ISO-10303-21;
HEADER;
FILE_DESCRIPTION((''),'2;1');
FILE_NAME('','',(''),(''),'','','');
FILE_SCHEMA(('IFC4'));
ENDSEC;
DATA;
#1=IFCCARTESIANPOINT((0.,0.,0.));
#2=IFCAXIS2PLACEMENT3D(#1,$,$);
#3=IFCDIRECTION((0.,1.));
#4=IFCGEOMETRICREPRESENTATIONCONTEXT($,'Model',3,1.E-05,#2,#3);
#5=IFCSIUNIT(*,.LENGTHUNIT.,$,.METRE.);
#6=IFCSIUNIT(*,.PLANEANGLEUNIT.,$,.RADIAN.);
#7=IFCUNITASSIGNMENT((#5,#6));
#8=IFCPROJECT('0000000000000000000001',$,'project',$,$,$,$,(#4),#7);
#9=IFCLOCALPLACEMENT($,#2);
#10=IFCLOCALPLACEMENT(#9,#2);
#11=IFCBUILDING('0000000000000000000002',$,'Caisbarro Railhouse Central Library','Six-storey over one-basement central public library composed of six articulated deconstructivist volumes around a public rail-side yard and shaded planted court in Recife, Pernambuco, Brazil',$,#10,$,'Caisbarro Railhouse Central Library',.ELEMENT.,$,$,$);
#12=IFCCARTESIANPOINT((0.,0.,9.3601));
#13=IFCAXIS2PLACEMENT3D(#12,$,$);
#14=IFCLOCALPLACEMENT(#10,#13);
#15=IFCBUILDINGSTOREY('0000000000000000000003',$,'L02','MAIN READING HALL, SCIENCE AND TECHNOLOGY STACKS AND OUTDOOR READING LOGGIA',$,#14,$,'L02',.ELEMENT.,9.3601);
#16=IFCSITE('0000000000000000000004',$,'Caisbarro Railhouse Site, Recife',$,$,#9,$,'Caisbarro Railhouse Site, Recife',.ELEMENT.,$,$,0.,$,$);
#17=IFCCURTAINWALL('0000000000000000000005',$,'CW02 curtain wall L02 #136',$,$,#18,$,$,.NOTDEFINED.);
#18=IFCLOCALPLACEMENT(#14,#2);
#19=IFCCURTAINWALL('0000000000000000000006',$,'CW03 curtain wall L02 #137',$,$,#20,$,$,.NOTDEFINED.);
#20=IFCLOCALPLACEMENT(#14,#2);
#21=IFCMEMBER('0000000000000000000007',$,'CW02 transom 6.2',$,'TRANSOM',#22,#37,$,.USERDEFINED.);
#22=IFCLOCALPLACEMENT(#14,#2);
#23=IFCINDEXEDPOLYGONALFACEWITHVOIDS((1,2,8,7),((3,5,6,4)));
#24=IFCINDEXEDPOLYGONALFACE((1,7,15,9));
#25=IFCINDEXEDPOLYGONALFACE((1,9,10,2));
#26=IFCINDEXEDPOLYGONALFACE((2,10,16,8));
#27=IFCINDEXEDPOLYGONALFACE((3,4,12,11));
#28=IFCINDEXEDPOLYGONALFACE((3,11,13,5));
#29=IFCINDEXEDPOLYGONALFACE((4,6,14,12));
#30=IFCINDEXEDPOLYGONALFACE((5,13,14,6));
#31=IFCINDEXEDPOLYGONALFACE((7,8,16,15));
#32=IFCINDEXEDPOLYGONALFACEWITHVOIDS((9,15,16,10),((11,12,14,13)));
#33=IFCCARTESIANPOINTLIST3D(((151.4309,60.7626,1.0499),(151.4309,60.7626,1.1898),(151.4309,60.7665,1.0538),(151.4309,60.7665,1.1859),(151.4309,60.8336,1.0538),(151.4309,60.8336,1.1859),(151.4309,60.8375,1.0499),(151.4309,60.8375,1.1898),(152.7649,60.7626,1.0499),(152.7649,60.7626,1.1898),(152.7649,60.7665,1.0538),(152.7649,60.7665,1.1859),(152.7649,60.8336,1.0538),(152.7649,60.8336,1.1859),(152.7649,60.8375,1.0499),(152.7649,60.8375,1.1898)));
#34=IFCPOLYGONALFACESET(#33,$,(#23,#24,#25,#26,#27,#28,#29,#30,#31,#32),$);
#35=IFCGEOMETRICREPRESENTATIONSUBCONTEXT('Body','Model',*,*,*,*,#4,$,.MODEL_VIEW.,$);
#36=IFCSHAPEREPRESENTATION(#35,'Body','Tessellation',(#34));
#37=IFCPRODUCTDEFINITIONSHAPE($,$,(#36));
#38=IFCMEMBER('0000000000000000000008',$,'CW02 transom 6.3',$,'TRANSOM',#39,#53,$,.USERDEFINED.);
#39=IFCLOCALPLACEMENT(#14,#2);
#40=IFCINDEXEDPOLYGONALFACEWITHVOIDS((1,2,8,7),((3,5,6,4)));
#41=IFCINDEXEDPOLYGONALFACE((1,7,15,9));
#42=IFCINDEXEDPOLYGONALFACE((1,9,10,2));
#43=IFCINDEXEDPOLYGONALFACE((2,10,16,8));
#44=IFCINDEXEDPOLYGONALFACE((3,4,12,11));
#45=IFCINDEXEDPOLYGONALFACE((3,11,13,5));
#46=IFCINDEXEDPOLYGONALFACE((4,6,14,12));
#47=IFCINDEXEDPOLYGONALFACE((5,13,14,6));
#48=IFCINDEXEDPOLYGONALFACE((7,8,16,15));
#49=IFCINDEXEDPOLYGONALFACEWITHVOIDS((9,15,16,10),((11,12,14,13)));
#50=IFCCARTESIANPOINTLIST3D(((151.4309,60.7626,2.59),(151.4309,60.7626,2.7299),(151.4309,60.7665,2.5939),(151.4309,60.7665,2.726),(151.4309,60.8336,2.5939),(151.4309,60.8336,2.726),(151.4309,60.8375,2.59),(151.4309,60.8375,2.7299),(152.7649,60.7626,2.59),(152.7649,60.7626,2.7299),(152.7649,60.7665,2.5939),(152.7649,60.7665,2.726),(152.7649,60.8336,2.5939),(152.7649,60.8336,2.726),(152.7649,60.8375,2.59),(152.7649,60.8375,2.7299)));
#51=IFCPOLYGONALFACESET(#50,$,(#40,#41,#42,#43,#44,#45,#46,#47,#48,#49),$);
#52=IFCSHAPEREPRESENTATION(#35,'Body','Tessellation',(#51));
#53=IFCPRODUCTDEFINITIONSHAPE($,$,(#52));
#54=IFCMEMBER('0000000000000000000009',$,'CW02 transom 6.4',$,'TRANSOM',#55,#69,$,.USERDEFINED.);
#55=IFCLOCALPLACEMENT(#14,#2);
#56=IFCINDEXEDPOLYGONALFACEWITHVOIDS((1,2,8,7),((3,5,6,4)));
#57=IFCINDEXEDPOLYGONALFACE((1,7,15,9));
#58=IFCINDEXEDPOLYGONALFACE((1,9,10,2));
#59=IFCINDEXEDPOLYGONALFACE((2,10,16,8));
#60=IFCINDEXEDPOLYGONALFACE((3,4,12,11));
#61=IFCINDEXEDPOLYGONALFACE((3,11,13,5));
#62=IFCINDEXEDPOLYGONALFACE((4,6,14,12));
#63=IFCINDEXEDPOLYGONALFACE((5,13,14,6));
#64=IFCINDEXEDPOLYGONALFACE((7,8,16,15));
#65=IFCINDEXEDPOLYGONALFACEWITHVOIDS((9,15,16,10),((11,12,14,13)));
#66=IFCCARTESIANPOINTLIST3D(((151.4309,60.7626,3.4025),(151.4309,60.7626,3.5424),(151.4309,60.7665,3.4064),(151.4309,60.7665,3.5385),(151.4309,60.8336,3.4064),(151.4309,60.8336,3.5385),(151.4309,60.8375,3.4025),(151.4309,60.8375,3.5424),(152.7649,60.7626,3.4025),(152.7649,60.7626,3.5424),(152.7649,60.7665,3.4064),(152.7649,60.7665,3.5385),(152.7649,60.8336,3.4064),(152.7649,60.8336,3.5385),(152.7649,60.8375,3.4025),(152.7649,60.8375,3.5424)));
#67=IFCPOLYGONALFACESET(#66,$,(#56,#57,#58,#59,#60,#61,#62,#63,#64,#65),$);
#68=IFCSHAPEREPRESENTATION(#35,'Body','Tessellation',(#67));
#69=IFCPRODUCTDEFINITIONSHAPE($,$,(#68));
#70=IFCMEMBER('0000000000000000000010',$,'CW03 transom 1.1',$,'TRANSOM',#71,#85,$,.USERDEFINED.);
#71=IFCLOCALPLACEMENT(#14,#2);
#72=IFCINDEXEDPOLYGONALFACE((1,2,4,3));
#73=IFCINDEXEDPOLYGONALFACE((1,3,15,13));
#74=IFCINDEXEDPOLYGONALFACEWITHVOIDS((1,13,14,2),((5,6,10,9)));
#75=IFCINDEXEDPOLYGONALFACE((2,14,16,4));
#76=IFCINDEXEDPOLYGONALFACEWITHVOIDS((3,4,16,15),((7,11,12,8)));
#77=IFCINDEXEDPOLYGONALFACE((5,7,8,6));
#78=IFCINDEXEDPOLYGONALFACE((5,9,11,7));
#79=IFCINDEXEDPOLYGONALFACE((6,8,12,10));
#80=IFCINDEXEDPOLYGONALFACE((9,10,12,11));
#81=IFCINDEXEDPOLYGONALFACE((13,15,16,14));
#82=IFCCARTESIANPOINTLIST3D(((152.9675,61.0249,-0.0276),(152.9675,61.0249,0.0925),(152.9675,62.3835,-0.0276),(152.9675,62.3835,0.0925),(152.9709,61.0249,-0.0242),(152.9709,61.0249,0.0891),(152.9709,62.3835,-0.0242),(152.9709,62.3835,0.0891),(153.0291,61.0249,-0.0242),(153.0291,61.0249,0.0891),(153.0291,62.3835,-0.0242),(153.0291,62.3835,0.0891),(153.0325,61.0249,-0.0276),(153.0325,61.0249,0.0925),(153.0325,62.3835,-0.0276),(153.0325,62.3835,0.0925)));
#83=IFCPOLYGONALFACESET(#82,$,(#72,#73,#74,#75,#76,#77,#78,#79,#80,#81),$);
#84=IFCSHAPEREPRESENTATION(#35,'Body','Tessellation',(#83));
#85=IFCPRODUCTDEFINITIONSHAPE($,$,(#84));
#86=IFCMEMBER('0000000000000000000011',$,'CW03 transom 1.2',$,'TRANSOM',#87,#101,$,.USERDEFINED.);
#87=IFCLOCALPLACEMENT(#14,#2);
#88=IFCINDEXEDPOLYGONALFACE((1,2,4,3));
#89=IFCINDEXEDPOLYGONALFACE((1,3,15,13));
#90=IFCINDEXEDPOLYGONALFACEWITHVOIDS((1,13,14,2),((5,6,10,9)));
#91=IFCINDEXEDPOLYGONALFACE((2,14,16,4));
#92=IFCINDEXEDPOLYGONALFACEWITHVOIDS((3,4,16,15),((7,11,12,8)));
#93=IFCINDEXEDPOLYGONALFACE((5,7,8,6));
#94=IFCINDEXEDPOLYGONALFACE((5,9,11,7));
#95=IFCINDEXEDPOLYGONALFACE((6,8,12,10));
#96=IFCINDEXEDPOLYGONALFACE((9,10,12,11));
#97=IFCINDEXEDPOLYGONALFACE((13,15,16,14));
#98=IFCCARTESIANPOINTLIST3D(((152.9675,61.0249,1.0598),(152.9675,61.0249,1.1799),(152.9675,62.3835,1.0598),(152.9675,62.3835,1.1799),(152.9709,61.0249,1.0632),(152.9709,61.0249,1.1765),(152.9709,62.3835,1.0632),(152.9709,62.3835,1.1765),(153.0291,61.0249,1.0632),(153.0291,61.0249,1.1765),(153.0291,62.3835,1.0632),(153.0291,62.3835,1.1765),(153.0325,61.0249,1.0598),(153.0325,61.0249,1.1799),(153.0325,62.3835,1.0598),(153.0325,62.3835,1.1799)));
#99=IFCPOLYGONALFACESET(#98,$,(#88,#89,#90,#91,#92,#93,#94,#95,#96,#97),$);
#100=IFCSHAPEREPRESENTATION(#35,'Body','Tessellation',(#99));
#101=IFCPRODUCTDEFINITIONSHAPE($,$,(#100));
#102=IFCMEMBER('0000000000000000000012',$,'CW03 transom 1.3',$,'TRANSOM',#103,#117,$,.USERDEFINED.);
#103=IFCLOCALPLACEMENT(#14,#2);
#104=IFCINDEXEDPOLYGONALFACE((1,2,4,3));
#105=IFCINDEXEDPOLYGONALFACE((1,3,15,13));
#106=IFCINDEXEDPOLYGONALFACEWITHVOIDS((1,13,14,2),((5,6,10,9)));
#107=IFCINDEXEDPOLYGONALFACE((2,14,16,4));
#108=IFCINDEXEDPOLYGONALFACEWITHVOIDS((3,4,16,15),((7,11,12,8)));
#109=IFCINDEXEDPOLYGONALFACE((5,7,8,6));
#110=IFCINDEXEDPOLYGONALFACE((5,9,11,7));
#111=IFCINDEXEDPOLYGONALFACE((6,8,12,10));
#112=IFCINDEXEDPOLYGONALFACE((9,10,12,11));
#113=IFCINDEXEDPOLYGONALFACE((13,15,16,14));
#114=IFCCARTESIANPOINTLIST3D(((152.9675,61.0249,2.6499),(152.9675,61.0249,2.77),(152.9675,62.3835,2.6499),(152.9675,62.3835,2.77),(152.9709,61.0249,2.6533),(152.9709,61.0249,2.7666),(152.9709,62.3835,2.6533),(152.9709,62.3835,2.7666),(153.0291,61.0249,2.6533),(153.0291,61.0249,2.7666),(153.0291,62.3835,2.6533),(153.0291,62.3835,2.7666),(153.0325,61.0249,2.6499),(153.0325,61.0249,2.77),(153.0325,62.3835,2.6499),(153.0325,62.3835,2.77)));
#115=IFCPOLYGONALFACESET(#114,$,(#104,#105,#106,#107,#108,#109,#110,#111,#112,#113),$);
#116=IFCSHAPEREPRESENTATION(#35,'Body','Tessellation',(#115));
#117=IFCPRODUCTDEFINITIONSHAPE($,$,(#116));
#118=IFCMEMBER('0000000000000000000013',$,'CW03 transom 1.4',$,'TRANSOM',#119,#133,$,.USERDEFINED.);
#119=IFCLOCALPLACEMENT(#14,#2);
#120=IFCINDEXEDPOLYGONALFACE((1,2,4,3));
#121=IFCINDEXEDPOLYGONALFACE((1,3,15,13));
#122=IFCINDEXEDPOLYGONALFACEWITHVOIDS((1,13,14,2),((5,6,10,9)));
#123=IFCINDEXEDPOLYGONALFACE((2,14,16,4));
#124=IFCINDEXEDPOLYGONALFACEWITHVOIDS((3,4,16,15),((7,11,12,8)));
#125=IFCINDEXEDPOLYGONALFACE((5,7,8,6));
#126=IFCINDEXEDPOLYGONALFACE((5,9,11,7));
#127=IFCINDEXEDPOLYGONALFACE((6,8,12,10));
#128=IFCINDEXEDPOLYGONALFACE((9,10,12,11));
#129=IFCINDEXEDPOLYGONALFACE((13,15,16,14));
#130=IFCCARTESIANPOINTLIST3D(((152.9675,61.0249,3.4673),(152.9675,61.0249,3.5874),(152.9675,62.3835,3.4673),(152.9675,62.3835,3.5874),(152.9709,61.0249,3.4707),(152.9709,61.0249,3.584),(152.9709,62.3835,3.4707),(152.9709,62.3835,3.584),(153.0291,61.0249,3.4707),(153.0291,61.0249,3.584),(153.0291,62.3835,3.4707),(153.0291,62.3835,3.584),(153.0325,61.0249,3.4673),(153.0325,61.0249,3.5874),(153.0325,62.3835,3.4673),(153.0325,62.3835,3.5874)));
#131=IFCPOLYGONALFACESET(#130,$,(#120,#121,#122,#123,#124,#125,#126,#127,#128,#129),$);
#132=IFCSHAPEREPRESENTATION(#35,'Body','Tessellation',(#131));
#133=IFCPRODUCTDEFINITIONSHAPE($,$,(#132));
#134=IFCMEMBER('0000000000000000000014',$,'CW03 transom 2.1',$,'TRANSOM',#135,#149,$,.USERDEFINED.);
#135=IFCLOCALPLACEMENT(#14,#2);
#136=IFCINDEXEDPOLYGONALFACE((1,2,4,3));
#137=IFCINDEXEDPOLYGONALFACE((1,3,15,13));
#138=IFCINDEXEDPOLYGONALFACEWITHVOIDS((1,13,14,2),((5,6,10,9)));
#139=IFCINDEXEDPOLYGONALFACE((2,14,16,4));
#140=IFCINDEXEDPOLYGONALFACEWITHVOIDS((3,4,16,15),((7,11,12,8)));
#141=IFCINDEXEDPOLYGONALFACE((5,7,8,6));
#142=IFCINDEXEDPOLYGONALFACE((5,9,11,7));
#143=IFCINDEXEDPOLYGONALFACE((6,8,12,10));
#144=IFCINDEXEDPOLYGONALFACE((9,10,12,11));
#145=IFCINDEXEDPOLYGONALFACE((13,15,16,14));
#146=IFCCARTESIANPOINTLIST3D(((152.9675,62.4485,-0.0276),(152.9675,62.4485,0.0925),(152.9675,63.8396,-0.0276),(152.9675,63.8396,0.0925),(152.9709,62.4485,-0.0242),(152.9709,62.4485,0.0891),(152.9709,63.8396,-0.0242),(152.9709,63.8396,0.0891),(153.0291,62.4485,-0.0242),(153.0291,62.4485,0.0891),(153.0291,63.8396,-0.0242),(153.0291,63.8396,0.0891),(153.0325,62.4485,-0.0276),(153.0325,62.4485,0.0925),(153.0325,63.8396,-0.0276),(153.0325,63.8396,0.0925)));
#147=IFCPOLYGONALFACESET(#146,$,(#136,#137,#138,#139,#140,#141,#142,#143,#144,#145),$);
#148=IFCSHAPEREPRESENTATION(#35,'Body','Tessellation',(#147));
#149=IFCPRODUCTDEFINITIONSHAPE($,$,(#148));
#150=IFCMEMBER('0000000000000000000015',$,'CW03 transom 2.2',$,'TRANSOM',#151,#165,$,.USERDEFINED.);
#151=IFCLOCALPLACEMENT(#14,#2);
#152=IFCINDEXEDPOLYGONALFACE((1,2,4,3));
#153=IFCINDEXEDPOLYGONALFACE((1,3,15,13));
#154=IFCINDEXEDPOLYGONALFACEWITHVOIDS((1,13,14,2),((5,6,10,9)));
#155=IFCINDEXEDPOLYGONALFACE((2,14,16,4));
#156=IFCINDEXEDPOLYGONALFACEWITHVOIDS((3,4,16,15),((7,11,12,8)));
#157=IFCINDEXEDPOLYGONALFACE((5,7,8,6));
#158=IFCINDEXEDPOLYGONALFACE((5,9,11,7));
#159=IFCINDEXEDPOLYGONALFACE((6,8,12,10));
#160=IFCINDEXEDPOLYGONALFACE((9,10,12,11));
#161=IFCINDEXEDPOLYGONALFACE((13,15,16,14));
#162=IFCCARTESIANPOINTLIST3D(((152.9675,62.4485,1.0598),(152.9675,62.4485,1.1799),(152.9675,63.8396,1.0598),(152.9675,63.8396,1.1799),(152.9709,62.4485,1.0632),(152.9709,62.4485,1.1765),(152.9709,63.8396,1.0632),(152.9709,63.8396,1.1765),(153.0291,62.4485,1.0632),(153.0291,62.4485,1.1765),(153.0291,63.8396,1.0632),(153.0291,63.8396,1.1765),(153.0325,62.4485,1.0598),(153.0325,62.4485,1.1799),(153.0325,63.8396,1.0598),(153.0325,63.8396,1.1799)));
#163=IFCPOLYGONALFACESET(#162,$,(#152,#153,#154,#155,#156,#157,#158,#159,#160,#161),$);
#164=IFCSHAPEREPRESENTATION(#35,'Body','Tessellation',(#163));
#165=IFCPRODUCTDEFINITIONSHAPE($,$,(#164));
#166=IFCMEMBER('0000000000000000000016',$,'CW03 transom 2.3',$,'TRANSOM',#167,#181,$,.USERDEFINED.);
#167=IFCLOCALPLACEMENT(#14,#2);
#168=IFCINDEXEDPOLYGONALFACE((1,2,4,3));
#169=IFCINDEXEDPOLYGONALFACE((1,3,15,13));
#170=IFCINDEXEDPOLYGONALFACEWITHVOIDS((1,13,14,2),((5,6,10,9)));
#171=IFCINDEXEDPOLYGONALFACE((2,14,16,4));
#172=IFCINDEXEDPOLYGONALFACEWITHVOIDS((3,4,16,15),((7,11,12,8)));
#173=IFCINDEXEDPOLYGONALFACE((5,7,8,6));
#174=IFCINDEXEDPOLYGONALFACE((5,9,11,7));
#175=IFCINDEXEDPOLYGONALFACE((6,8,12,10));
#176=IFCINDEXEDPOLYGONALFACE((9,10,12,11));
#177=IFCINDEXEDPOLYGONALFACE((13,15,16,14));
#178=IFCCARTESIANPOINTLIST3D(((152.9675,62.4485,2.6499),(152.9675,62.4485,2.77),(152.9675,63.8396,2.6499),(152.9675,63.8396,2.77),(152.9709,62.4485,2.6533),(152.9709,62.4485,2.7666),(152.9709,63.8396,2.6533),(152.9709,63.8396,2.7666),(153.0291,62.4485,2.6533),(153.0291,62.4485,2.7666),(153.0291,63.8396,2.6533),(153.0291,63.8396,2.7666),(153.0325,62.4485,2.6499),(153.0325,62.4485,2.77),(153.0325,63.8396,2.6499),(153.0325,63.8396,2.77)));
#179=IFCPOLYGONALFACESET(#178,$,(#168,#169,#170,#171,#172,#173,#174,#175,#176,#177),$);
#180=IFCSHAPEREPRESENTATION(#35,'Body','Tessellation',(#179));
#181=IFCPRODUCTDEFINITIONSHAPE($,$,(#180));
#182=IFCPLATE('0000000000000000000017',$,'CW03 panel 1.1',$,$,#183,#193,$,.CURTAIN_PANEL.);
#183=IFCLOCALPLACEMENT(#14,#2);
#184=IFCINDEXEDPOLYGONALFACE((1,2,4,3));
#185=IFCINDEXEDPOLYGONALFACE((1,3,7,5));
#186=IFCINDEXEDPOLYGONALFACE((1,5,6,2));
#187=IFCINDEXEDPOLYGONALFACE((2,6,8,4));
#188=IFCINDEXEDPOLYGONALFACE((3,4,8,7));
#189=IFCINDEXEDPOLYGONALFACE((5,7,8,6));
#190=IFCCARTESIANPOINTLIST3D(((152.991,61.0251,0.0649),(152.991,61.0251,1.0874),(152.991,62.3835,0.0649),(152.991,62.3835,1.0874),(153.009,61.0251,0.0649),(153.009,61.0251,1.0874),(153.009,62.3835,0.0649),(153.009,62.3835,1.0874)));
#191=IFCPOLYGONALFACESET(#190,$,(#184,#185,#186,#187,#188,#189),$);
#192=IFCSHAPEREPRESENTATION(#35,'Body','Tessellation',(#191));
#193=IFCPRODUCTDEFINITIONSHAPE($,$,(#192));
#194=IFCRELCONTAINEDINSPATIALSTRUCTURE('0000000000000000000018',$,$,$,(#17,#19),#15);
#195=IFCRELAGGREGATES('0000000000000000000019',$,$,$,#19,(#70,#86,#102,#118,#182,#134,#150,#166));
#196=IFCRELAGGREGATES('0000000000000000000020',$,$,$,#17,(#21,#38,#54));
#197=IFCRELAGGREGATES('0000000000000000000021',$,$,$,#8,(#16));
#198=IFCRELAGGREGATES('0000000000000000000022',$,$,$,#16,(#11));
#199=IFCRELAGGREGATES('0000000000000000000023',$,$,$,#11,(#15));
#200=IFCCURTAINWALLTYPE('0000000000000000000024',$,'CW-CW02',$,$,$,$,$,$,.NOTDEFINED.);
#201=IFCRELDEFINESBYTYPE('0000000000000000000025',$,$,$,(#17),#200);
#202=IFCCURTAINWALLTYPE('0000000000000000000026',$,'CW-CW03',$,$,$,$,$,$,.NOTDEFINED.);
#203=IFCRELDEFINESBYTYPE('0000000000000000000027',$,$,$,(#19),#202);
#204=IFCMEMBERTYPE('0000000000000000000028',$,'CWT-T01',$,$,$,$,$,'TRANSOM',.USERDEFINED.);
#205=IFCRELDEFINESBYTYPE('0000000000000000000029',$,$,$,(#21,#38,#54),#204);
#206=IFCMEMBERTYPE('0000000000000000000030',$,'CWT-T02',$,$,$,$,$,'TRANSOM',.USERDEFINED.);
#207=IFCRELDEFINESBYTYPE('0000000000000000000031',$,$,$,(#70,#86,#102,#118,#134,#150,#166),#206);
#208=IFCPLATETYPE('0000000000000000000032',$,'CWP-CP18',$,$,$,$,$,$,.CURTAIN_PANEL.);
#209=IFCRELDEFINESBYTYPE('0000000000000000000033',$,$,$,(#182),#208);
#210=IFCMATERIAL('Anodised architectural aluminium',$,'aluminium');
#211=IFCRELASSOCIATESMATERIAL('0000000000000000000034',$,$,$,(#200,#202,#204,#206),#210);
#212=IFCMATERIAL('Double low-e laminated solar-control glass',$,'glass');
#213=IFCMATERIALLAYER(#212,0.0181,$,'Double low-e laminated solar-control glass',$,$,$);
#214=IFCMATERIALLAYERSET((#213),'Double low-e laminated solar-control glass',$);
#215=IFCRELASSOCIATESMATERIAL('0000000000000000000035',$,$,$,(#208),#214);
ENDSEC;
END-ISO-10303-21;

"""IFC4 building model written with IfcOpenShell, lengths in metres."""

from ifc_helpers import new_model, si_unit, direction, frame, origin, origin_2d, place, context, subcontext, project, spatial, rectangle, hollow_rectangle, extrude, material, layer, layer_set, material_profile, profile_set, type_object, element, aggregate, save


model = new_model("IFC4")

# Units and contexts
model_context = context("Model", 3, precision=1e-05, world=origin(), true_north=direction((0.0, 1.0)))
body_context = subcontext(model_context, "Body", "Model", "MODEL_VIEW")
ifc_project = project(units=[si_unit("LENGTHUNIT", "METRE"), si_unit("PLANEANGLEUNIT", "RADIAN")], contexts=[model_context])

# Site, building, storey
site_placement = place(None, origin())
site = spatial("IfcSite", under=ifc_project, at=site_placement, Name="Caisbarro Railhouse Site, Recife", LongName="Caisbarro Railhouse Site, Recife", CompositionType="ELEMENT", RefElevation=0.0)
building_placement = place(site_placement, origin())
building = spatial("IfcBuilding", under=site, at=building_placement, Name="Caisbarro Railhouse Central Library", Description="Six-storey over one-basement central public library composed of six articulated deconstructivist volumes around a public rail-side yard and shaded planted court in Recife, Pernambuco, Brazil", LongName="Caisbarro Railhouse Central Library", CompositionType="ELEMENT")
storey_placement = place(building_placement, frame((0.0, 0.0, 9.3601)))
storey = spatial("IfcBuildingStorey", under=building, at=storey_placement, Name="L02", Description="MAIN READING HALL, SCIENCE AND TECHNOLOGY STACKS AND OUTDOOR READING LOGGIA", LongName="L02", CompositionType="ELEMENT", Elevation=9.3601)

# Curtain walls
ifc_material_1 = material(Name="Anodised architectural aluminium", Category="aluminium")
curtain_wall_type_1 = type_object("IfcCurtainWallType", Name="CW-CW02", PredefinedType="NOTDEFINED", material=ifc_material_1)
curtain_wall_1_placement = place(storey_placement, origin())
curtain_wall_1 = element("IfcCurtainWall", 1, at=curtain_wall_1_placement, inside=storey, type_object=curtain_wall_type_1, Name="CW02 curtain wall L02 #136", PredefinedType="NOTDEFINED")
curtain_wall_type_2 = type_object("IfcCurtainWallType", Name="CW-CW03", PredefinedType="NOTDEFINED", material=ifc_material_1)
curtain_wall_2_placement = place(storey_placement, origin())
curtain_wall_2 = element("IfcCurtainWall", 2, at=curtain_wall_2_placement, inside=storey, type_object=curtain_wall_type_2, Name="CW03 curtain wall L02 #137", PredefinedType="NOTDEFINED")

# Members
ifc_material_profile_1 = material_profile(ifc_material_1, hollow_rectangle(XDim=0.075, YDim=0.1399, WallThickness=0.0039, at=origin_2d()), Name="ALU-TRN-75X140")
ifc_profile_set_1 = profile_set([ifc_material_profile_1], Name="Anodised architectural aluminium")
member_type_1 = type_object("IfcMemberType", Name="CWT-T01", ElementType="TRANSOM", PredefinedType="USERDEFINED", material=ifc_profile_set_1)
member_1_placement = place(storey_placement, frame((151.4309, 60.8, 1.1199), z_axis=(1.0, 0.0, 0.0), x_axis=(0.0, 1.0, 0.0)))
member_1 = element("IfcMember", 3, at=member_1_placement, type_object=member_type_1, Name="CW02 transom 6.2", ObjectType="TRANSOM", PredefinedType="USERDEFINED", context=body_context, shape_type="SweptSolid", body=[
    extrude(hollow_rectangle(XDim=0.075, YDim=0.1399, WallThickness=0.0039, at=origin_2d()), origin(), (0.0, 0.0, 1.0), 1.334),
])
member_2_placement = place(storey_placement, frame((151.4309, 60.8, 2.6599), z_axis=(1.0, 0.0, 0.0), x_axis=(0.0, 1.0, 0.0)))
member_2 = element("IfcMember", 4, at=member_2_placement, type_object=member_type_1, Name="CW02 transom 6.3", ObjectType="TRANSOM", PredefinedType="USERDEFINED", context=body_context, shape_type="SweptSolid", body=[
    extrude(hollow_rectangle(XDim=0.075, YDim=0.1399, WallThickness=0.0039, at=origin_2d()), origin(), (0.0, 0.0, 1.0), 1.334),
])
member_3_placement = place(storey_placement, frame((151.4309, 60.8, 3.4724), z_axis=(1.0, 0.0, 0.0), x_axis=(0.0, 1.0, 0.0)))
member_3 = element("IfcMember", 5, at=member_3_placement, type_object=member_type_1, Name="CW02 transom 6.4", ObjectType="TRANSOM", PredefinedType="USERDEFINED", context=body_context, shape_type="SweptSolid", body=[
    extrude(hollow_rectangle(XDim=0.075, YDim=0.1399, WallThickness=0.0039, at=origin_2d()), origin(), (0.0, 0.0, 1.0), 1.334),
])
ifc_material_profile_2 = material_profile(ifc_material_1, hollow_rectangle(XDim=0.0649, YDim=0.1201, WallThickness=0.0034, at=origin_2d()), Name="ALU-TRN-65X120")
ifc_profile_set_2 = profile_set([ifc_material_profile_2], Name="Anodised architectural aluminium")
member_type_2 = type_object("IfcMemberType", Name="CWT-T02", ElementType="TRANSOM", PredefinedType="USERDEFINED", material=ifc_profile_set_2)
member_4_placement = place(storey_placement, frame((153.0, 61.0249, 0.0325), z_axis=(0.0, 1.0, 0.0), x_axis=(-1.0, 0.0, 0.0)))
member_4 = element("IfcMember", 6, at=member_4_placement, type_object=member_type_2, Name="CW03 transom 1.1", ObjectType="TRANSOM", PredefinedType="USERDEFINED", context=body_context, shape_type="SweptSolid", body=[
    extrude(hollow_rectangle(XDim=0.0649, YDim=0.1201, WallThickness=0.0034, at=origin_2d()), origin(), (0.0, 0.0, 1.0), 1.3586),
])
member_5_placement = place(storey_placement, frame((153.0, 61.0249, 1.1199), z_axis=(0.0, 1.0, 0.0), x_axis=(-1.0, 0.0, 0.0)))
member_5 = element("IfcMember", 7, at=member_5_placement, type_object=member_type_2, Name="CW03 transom 1.2", ObjectType="TRANSOM", PredefinedType="USERDEFINED", context=body_context, shape_type="SweptSolid", body=[
    extrude(hollow_rectangle(XDim=0.0649, YDim=0.1201, WallThickness=0.0034, at=origin_2d()), origin(), (0.0, 0.0, 1.0), 1.3586),
])
member_6_placement = place(storey_placement, frame((153.0, 61.0249, 2.71), z_axis=(0.0, 1.0, 0.0), x_axis=(-1.0, 0.0, 0.0)))
member_6 = element("IfcMember", 8, at=member_6_placement, type_object=member_type_2, Name="CW03 transom 1.3", ObjectType="TRANSOM", PredefinedType="USERDEFINED", context=body_context, shape_type="SweptSolid", body=[
    extrude(hollow_rectangle(XDim=0.0649, YDim=0.1201, WallThickness=0.0034, at=origin_2d()), origin(), (0.0, 0.0, 1.0), 1.3586),
])
member_7_placement = place(storey_placement, frame((153.0, 61.0249, 3.5273), z_axis=(0.0, 1.0, 0.0), x_axis=(-1.0, 0.0, 0.0)))
member_7 = element("IfcMember", 9, at=member_7_placement, type_object=member_type_2, Name="CW03 transom 1.4", ObjectType="TRANSOM", PredefinedType="USERDEFINED", context=body_context, shape_type="SweptSolid", body=[
    extrude(hollow_rectangle(XDim=0.0649, YDim=0.1201, WallThickness=0.0034, at=origin_2d()), origin(), (0.0, 0.0, 1.0), 1.3586),
])
member_8_placement = place(storey_placement, frame((153.0, 62.4485, 0.0325), z_axis=(0.0, 1.0, 0.0), x_axis=(-1.0, 0.0, 0.0)))
member_8 = element("IfcMember", 10, at=member_8_placement, type_object=member_type_2, Name="CW03 transom 2.1", ObjectType="TRANSOM", PredefinedType="USERDEFINED", context=body_context, shape_type="SweptSolid", body=[
    extrude(hollow_rectangle(XDim=0.0649, YDim=0.1201, WallThickness=0.0034, at=origin_2d()), origin(), (0.0, 0.0, 1.0), 1.3911),
])
member_9_placement = place(storey_placement, frame((153.0, 62.4485, 1.1199), z_axis=(0.0, 1.0, 0.0), x_axis=(-1.0, 0.0, 0.0)))
member_9 = element("IfcMember", 11, at=member_9_placement, type_object=member_type_2, Name="CW03 transom 2.2", ObjectType="TRANSOM", PredefinedType="USERDEFINED", context=body_context, shape_type="SweptSolid", body=[
    extrude(hollow_rectangle(XDim=0.0649, YDim=0.1201, WallThickness=0.0034, at=origin_2d()), origin(), (0.0, 0.0, 1.0), 1.3911),
])
member_10_placement = place(storey_placement, frame((153.0, 62.4485, 2.71), z_axis=(0.0, 1.0, 0.0), x_axis=(-1.0, 0.0, 0.0)))
member_10 = element("IfcMember", 12, at=member_10_placement, type_object=member_type_2, Name="CW03 transom 2.3", ObjectType="TRANSOM", PredefinedType="USERDEFINED", context=body_context, shape_type="SweptSolid", body=[
    extrude(hollow_rectangle(XDim=0.0649, YDim=0.1201, WallThickness=0.0034, at=origin_2d()), origin(), (0.0, 0.0, 1.0), 1.3911),
])

# Plate
ifc_material_2 = material(Name="Double low-e laminated solar-control glass", Category="glass")
ifc_layer_1 = layer(ifc_material_2, 0.0181, Name="Double low-e laminated solar-control glass")
ifc_layer_set_1 = layer_set([ifc_layer_1], Name="Double low-e laminated solar-control glass")
plate_type_1 = type_object("IfcPlateType", Name="CWP-CP18", PredefinedType="CURTAIN_PANEL", material=ifc_layer_set_1)
plate_1_placement = place(storey_placement, frame((153.0, 61.7043, 0.0649), z_axis=(0.0, 0.0, 1.0), x_axis=(0.0, 1.0, 0.0)))
plate_1 = element("IfcPlate", 13, at=plate_1_placement, type_object=plate_type_1, Name="CW03 panel 1.1", PredefinedType="CURTAIN_PANEL", context=body_context, shape_type="SweptSolid", body=[
    extrude(rectangle(XDim=1.3584, YDim=0.0181, at=origin_2d()), origin(), (0.0, 0.0, 1.0), 1.0225),
])
aggregate(curtain_wall_2, [member_4, member_5, member_6, member_7, plate_1, member_8, member_9, member_10])
aggregate(curtain_wall_1, [member_1, member_2, member_3])

save(model, "model.ifc")
